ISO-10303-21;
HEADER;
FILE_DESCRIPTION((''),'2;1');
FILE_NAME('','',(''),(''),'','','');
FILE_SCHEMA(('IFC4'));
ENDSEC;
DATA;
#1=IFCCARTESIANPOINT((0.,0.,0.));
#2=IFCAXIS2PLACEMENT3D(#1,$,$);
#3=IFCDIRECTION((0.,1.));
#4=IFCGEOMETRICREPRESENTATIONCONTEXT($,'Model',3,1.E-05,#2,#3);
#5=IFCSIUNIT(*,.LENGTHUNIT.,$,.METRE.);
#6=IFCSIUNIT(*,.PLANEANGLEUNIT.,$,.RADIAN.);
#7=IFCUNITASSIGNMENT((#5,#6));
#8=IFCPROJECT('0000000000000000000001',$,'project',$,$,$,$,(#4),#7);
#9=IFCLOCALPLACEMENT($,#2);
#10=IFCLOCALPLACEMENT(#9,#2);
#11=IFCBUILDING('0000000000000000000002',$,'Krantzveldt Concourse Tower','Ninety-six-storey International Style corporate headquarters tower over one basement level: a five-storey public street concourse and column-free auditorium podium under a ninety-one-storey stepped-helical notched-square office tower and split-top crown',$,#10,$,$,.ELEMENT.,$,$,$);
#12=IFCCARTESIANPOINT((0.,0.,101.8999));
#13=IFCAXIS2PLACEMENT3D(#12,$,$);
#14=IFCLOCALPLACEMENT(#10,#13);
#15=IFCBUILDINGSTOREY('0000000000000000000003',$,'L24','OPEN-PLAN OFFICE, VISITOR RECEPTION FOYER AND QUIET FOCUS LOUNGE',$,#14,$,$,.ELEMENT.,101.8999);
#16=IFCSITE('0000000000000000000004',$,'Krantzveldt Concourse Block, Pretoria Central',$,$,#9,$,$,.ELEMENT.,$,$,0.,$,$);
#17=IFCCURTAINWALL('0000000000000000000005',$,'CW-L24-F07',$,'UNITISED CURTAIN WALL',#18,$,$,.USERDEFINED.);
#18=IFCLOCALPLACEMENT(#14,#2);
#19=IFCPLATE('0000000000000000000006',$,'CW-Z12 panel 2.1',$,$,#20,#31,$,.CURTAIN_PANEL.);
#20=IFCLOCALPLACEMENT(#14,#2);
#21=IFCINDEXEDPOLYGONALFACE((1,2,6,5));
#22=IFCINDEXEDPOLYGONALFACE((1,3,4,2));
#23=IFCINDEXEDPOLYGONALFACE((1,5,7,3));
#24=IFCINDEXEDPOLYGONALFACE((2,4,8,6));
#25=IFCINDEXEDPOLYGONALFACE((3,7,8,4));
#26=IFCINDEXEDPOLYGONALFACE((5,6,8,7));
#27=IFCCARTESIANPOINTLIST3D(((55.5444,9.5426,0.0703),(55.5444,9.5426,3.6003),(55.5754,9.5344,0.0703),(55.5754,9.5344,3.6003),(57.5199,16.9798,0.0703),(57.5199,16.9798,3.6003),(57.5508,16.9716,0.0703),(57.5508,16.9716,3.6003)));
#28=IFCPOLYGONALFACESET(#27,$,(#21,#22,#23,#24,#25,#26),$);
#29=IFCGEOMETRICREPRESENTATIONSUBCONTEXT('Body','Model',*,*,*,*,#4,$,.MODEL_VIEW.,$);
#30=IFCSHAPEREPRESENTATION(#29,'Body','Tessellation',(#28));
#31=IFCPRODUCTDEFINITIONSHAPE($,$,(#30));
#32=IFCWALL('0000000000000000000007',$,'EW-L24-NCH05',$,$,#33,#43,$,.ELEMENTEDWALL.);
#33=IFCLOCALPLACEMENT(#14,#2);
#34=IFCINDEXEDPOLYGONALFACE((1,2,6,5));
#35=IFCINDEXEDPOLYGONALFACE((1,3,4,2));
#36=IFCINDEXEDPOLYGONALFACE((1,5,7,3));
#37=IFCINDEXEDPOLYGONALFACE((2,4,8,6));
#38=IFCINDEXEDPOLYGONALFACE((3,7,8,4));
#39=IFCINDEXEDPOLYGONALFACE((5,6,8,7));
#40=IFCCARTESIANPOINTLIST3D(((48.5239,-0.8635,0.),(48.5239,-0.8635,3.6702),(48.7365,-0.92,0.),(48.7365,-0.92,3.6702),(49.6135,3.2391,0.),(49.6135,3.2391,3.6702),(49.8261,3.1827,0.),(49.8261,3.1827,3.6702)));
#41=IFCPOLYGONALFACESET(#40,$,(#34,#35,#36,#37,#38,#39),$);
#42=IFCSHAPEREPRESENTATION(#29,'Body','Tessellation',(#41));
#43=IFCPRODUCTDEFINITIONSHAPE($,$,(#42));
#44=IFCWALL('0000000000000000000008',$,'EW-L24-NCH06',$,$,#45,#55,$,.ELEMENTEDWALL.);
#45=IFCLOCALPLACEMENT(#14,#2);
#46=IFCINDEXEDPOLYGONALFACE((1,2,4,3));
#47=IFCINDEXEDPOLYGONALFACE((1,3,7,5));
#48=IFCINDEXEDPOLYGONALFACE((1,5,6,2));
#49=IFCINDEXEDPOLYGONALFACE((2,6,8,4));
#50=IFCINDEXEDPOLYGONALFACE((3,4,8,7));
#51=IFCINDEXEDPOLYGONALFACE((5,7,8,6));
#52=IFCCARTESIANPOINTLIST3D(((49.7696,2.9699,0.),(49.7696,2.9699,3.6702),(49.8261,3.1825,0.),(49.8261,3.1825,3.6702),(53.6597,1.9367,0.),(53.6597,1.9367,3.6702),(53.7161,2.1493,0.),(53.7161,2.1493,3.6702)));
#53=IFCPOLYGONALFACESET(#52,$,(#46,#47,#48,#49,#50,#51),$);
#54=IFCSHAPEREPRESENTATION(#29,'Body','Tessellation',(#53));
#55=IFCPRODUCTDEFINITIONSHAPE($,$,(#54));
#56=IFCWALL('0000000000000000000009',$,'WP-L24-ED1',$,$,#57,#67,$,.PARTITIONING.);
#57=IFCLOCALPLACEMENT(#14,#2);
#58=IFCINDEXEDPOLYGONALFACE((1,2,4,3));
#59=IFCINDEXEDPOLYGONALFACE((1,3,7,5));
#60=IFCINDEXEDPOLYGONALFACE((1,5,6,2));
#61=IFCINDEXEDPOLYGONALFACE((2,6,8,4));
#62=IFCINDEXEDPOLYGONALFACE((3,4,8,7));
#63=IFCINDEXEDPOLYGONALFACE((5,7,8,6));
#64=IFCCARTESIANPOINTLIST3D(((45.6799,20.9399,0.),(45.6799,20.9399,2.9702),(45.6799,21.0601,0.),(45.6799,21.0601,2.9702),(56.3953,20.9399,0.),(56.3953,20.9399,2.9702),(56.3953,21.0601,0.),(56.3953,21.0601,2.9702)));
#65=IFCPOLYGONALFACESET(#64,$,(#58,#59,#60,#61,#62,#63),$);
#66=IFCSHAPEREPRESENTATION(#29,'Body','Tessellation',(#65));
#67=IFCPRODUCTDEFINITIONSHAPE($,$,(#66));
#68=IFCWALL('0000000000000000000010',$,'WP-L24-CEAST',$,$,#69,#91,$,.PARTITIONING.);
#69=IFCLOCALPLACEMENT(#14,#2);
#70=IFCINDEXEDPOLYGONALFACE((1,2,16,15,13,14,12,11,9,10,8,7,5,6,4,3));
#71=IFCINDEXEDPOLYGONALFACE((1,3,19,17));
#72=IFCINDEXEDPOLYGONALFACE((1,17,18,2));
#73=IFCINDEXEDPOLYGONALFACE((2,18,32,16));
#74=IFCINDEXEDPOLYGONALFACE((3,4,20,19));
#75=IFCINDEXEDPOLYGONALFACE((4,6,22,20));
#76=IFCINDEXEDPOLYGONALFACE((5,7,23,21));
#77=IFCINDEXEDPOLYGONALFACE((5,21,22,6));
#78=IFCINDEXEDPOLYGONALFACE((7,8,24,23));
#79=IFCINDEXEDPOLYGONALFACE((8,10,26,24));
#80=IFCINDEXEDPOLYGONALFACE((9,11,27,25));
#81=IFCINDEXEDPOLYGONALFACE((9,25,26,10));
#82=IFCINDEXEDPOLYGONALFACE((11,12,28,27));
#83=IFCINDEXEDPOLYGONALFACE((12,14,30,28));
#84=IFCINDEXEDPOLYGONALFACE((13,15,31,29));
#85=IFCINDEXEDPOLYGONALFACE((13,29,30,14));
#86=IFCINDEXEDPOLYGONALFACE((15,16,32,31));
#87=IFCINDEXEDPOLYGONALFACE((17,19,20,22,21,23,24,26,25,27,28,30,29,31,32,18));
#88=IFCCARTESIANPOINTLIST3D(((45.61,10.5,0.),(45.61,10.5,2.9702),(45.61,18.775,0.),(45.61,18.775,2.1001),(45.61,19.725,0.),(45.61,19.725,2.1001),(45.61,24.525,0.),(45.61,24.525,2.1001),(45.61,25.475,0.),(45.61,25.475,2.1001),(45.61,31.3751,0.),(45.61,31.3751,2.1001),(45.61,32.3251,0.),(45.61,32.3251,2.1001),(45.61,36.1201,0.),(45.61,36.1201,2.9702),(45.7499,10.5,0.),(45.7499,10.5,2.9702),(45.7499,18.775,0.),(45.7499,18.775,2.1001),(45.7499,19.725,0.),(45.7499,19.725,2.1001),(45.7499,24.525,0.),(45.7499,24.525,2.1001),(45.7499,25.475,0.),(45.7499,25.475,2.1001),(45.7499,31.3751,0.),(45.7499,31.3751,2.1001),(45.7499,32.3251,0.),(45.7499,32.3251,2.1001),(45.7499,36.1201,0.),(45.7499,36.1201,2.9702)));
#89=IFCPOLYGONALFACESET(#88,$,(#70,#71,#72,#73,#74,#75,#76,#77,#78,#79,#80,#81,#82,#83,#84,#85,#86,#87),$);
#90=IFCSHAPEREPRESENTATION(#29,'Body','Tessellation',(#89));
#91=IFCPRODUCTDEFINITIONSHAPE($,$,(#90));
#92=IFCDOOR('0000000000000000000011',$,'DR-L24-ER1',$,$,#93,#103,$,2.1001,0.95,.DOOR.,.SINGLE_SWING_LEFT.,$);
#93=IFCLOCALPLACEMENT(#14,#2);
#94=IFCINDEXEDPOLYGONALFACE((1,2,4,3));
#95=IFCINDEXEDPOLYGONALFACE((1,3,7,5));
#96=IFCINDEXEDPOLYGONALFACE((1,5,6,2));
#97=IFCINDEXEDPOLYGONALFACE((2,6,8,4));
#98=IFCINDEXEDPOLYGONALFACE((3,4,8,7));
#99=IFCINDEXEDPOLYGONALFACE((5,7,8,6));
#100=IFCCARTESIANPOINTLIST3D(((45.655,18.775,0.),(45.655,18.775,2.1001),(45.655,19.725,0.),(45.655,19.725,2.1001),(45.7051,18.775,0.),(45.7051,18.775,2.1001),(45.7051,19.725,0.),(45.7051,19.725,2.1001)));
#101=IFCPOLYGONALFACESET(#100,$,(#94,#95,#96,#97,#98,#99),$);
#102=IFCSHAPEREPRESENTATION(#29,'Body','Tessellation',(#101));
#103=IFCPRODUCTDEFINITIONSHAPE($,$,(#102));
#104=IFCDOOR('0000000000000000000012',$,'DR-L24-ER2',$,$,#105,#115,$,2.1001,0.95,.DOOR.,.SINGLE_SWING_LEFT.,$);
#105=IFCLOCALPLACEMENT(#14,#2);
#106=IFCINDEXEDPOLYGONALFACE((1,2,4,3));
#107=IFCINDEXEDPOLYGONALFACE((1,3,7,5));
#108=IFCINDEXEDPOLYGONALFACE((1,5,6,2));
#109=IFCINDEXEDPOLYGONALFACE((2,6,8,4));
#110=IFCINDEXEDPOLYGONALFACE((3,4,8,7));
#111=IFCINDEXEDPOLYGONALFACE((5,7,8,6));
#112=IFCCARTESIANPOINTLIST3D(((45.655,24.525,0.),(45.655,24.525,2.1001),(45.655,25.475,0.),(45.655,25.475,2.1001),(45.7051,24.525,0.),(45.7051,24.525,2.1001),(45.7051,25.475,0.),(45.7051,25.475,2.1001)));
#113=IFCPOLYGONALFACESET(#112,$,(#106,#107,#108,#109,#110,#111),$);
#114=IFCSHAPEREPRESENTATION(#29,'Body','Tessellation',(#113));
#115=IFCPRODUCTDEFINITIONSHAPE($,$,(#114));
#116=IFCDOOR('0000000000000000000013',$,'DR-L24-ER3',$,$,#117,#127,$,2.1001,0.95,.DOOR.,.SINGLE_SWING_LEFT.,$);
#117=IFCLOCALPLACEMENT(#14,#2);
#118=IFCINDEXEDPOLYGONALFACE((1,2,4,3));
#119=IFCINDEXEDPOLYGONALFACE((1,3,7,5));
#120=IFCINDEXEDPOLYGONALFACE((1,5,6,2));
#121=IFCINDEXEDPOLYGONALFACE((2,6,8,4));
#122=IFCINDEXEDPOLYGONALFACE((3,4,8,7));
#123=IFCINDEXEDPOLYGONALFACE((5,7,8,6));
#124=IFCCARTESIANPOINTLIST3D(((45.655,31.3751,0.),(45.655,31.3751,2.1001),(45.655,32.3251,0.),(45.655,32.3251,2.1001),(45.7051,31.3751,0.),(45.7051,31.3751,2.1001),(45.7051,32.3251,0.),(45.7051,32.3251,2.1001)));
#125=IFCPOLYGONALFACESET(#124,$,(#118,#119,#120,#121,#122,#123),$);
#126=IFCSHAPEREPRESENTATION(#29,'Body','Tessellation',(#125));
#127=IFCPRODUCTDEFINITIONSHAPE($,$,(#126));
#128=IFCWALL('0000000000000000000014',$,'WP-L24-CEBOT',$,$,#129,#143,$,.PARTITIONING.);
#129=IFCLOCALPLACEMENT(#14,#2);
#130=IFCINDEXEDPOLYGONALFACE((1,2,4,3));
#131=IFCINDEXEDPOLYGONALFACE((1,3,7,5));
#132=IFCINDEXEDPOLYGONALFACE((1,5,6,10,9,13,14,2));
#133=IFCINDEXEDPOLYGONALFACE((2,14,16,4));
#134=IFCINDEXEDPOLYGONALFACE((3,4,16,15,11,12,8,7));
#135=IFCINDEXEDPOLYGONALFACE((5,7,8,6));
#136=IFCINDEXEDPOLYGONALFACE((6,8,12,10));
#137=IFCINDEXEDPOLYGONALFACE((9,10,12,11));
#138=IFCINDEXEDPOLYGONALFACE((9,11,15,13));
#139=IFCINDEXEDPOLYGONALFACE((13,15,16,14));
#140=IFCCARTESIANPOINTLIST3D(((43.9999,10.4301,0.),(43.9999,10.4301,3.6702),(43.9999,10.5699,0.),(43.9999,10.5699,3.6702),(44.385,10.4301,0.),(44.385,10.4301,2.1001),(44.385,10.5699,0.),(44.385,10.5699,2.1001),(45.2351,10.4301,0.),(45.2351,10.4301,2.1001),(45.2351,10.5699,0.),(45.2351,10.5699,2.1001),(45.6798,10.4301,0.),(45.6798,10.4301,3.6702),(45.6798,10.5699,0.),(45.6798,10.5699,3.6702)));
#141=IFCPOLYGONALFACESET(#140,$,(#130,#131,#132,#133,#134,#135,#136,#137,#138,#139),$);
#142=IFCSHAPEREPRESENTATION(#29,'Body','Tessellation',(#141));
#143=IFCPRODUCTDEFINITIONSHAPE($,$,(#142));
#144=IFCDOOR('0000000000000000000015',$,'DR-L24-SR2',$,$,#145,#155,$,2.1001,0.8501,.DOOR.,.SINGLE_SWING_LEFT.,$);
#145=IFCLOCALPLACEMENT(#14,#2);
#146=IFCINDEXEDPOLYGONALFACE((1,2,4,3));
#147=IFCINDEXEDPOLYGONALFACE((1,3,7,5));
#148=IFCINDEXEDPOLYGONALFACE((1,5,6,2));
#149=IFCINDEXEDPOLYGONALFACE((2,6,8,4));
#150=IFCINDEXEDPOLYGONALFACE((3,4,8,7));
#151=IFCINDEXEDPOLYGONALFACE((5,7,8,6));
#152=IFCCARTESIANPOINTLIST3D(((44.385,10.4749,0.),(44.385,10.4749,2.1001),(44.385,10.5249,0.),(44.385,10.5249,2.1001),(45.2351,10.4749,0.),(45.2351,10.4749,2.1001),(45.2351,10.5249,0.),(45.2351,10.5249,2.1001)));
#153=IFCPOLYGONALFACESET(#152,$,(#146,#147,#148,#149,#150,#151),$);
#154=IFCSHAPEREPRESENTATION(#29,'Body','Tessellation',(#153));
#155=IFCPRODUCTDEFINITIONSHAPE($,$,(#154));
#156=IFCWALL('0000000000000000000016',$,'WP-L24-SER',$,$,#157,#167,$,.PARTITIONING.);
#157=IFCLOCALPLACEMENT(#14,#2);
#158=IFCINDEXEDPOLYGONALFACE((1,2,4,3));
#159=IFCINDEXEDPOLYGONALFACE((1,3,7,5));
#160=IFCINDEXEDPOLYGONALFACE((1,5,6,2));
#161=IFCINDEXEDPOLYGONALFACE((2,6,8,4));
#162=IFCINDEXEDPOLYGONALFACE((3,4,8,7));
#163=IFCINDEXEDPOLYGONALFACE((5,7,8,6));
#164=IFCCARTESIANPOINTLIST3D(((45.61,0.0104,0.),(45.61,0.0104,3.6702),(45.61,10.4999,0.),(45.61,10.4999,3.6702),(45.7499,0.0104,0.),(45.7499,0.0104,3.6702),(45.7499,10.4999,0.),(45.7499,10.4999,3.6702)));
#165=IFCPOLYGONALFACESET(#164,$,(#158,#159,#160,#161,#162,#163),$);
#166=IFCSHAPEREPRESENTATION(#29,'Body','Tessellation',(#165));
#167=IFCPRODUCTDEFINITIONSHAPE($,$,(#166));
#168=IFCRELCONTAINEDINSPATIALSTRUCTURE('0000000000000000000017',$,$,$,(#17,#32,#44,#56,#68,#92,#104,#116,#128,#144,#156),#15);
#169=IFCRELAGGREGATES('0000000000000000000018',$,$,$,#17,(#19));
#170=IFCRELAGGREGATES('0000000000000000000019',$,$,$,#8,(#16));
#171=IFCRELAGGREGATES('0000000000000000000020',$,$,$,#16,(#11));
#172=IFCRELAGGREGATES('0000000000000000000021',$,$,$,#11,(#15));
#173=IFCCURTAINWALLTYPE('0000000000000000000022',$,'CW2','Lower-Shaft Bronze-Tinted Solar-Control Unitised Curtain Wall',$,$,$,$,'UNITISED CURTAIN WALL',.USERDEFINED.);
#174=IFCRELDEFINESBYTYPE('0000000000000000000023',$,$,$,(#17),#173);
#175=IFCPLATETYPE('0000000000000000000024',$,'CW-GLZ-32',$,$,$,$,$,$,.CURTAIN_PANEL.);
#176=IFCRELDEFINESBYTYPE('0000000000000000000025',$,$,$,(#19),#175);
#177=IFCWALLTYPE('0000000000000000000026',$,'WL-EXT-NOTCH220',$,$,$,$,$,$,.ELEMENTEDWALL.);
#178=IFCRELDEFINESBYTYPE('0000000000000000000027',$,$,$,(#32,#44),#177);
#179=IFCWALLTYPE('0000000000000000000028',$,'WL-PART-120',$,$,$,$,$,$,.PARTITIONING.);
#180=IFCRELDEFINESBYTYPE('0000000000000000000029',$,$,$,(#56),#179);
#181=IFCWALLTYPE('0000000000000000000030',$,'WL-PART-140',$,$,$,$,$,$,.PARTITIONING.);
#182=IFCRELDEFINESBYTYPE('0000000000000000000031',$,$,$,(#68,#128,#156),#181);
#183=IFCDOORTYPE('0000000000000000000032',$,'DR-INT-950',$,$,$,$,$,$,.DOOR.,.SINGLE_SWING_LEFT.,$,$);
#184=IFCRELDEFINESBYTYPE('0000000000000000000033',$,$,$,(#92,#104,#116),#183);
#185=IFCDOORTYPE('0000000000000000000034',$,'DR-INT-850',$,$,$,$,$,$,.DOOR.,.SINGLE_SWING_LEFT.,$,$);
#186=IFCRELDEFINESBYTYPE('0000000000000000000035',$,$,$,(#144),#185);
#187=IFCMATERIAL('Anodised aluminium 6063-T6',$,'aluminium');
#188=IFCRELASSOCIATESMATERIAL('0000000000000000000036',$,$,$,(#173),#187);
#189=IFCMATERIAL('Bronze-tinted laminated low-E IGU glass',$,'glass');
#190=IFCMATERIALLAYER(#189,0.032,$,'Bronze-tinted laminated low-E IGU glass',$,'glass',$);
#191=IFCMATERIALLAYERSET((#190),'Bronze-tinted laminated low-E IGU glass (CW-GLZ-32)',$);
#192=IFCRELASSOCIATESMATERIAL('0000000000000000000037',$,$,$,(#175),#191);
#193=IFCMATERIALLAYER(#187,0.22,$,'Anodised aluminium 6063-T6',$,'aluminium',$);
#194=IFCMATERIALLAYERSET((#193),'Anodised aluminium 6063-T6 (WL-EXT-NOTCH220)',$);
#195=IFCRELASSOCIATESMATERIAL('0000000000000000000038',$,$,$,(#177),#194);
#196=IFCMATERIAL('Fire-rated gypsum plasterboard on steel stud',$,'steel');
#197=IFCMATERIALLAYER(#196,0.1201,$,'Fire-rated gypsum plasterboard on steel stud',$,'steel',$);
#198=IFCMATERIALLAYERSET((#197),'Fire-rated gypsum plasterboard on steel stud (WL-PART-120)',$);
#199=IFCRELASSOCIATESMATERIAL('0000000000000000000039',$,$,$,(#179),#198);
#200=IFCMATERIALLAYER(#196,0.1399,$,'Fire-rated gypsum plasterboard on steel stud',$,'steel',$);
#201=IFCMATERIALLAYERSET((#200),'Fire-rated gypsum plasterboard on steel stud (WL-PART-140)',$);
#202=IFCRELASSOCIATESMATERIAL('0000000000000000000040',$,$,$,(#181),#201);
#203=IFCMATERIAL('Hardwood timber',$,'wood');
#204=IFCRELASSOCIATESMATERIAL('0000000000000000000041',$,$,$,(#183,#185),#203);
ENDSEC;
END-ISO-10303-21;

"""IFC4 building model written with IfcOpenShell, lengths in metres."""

from ifc_helpers import new_model, si_unit, direction, frame, frame_2d, origin, origin_2d, place, context, subcontext, project, spatial, rectangle, extrude, source, transform, mapped, material, layer, layer_set, type_object, element, fill, aggregate, save


model = new_model("IFC4")

# Units and contexts
model_context = context("Model", 3, precision=1e-05, world=origin(), true_north=direction((0.0, 1.0)))
body_context = subcontext(model_context, "Body", "Model", "MODEL_VIEW")
ifc_project = project(units=[si_unit("LENGTHUNIT", "METRE"), si_unit("PLANEANGLEUNIT", "RADIAN")], contexts=[model_context])

# Site, building, storey
site_placement = place(None, origin())
site = spatial("IfcSite", under=ifc_project, at=site_placement, Name="Krantzveldt Concourse Block, Pretoria Central", CompositionType="ELEMENT", RefElevation=0.0)
building_placement = place(site_placement, origin())
building = spatial("IfcBuilding", under=site, at=building_placement, Name="Krantzveldt Concourse Tower", Description="Ninety-six-storey International Style corporate headquarters tower over one basement level: a five-storey public street concourse and column-free auditorium podium under a ninety-one-storey stepped-helical notched-square office tower and split-top crown", CompositionType="ELEMENT")
storey_placement = place(building_placement, frame((0.0, 0.0, 101.8999)))
storey = spatial("IfcBuildingStorey", under=building, at=storey_placement, Name="L24", Description="OPEN-PLAN OFFICE, VISITOR RECEPTION FOYER AND QUIET FOCUS LOUNGE", CompositionType="ELEMENT", Elevation=101.8999)

# Shared definitions
ifc_material_1 = material(Name="Anodised aluminium 6063-T6", Category="aluminium")
curtain_wall_type_1 = type_object("IfcCurtainWallType", Name="CW2", Description="Lower-Shaft Bronze-Tinted Solar-Control Unitised Curtain Wall", ElementType="UNITISED CURTAIN WALL", PredefinedType="USERDEFINED", material=ifc_material_1)

# Curtain wall
curtain_wall_1_placement = place(storey_placement, origin())
curtain_wall_1 = element("IfcCurtainWall", 1, at=curtain_wall_1_placement, inside=storey, type_object=curtain_wall_type_1, Name="CW-L24-F07", ObjectType="UNITISED CURTAIN WALL", PredefinedType="USERDEFINED")

# Plate
ifc_material_2 = material(Name="Bronze-tinted laminated low-E IGU glass", Category="glass")
ifc_layer_1 = layer(ifc_material_2, 0.032, Name="Bronze-tinted laminated low-E IGU glass", Category="glass")
ifc_layer_set_1 = layer_set([ifc_layer_1], Name="Bronze-tinted laminated low-E IGU glass (CW-GLZ-32)")
plate_type = type_object("IfcPlateType", Name="CW-GLZ-32", PredefinedType="CURTAIN_PANEL", material=ifc_layer_set_1)
shared_shape_1 = source(origin(), body_context, "Body", "SweptSolid", [
    extrude(rectangle(XDim=7.6951, YDim=0.032, at=origin_2d()), origin(), (0.0, 0.0, 1.0), 3.53),
])
plate_1_placement = place(storey_placement, frame((56.5476, 13.2571, 0.0703), z_axis=(0.0, 0.0, 1.0), x_axis=(0.256711, 0.966488, 0.0)))
plate_1 = element("IfcPlate", 2, at=plate_1_placement, type_object=plate_type, Name="CW-Z12 panel 2.1", PredefinedType="CURTAIN_PANEL", context=body_context, shape_type="MappedRepresentation", body=[
    mapped(shared_shape_1, transform((0.0, 0.0, 0.0), x_axis=(1.0, 0.0, 0.0), y_axis=(0.0, 1.0, 0.0), z_axis=(0.0, 0.0, 1.0), scale=1.0)),
])
aggregate(curtain_wall_1, [plate_1])

# Walls
ifc_layer_2 = layer(ifc_material_1, 0.22, Name="Anodised aluminium 6063-T6", Category="aluminium")
ifc_layer_set_2 = layer_set([ifc_layer_2], Name="Anodised aluminium 6063-T6 (WL-EXT-NOTCH220)")
wall_type_1 = type_object("IfcWallType", Name="WL-EXT-NOTCH220", PredefinedType="ELEMENTEDWALL", material=ifc_layer_set_2)
wall_1_placement = place(storey_placement, frame((48.6301, -0.8918, 0.0), z_axis=(0.0, 0.0, 1.0), x_axis=(0.256692, 0.966493, 0.0)))
element("IfcWall", 3, at=wall_1_placement, inside=storey, type_object=wall_type_1, Name="EW-L24-NCH05", PredefinedType="ELEMENTEDWALL", context=body_context, shape_type="SweptSolid", body=[
    extrude(rectangle(XDim=4.2449, YDim=0.22, at=frame_2d((2.1226, 0.0))), origin(), (0.0, 0.0, 1.0), 3.6702),
])
wall_2_placement = place(storey_placement, frame((49.7979, 3.0762, 0.0), z_axis=(0.0, 0.0, 1.0), x_axis=(0.966492, -0.256696, 0.0)))
element("IfcWall", 4, at=wall_2_placement, inside=storey, type_object=wall_type_1, Name="EW-L24-NCH06", PredefinedType="ELEMENTEDWALL", context=body_context, shape_type="SweptSolid", body=[
    extrude(rectangle(XDim=4.0249, YDim=0.22, at=frame_2d((2.0125, 0.0))), origin(), (0.0, 0.0, 1.0), 3.6702),
])
ifc_material_3 = material(Name="Fire-rated gypsum plasterboard on steel stud", Category="steel")
ifc_layer_3 = layer(ifc_material_3, 0.1201, Name="Fire-rated gypsum plasterboard on steel stud", Category="steel")
ifc_layer_set_3 = layer_set([ifc_layer_3], Name="Fire-rated gypsum plasterboard on steel stud (WL-PART-120)")
wall_type_2 = type_object("IfcWallType", Name="WL-PART-120", PredefinedType="PARTITIONING", material=ifc_layer_set_3)
wall_3_placement = place(storey_placement, frame((45.6799, 21.0, 0.0), z_axis=(0.0, 0.0, 1.0), x_axis=(1.0, 0.0, 0.0)))
element("IfcWall", 5, at=wall_3_placement, inside=storey, type_object=wall_type_2, Name="WP-L24-ED1", PredefinedType="PARTITIONING", context=body_context, shape_type="SweptSolid", body=[
    extrude(rectangle(XDim=10.7153, YDim=0.1201, at=frame_2d((5.3577, 0.0))), origin(), (0.0, 0.0, 1.0), 2.9702),
])

# Wall, openings, doors
ifc_layer_4 = layer(ifc_material_3, 0.1399, Name="Fire-rated gypsum plasterboard on steel stud", Category="steel")
ifc_layer_set_4 = layer_set([ifc_layer_4], Name="Fire-rated gypsum plasterboard on steel stud (WL-PART-140)")
wall_type_3 = type_object("IfcWallType", Name="WL-PART-140", PredefinedType="PARTITIONING", material=ifc_layer_set_4)
wall_4_placement = place(storey_placement, frame((45.6799, 10.5, 0.0), z_axis=(0.0, 0.0, 1.0), x_axis=(0.0, 1.0, 0.0)))
wall_4 = element("IfcWall", 6, at=wall_4_placement, inside=storey, type_object=wall_type_3, Name="WP-L24-CEAST", PredefinedType="PARTITIONING", context=body_context, shape_type="SweptSolid", body=[
    extrude(rectangle(XDim=25.6201, YDim=0.1399, at=frame_2d((12.8101, 0.0))), origin(), (0.0, 0.0, 1.0), 2.9702),
])
opening_1_placement = place(wall_4_placement, frame((8.2749, 0.0, 0.0)))
opening_1 = element("IfcOpeningElement", 7, at=opening_1_placement, cuts=wall_4, PredefinedType="OPENING", context=body_context, shape_type="SweptSolid", body=[
    extrude(rectangle(XDim=0.95, YDim=2.1001, at=frame_2d((0.4751, 1.05))), frame((0.0, 0.0801, 0.0), z_axis=(0.0, -1.0, 0.0), x_axis=(1.0, 0.0, 0.0)), (0.0, 0.0, 1.0), 0.1599),
])
opening_2_placement = place(wall_4_placement, frame((14.0249, 0.0, 0.0)))
opening_2 = element("IfcOpeningElement", 8, at=opening_2_placement, cuts=wall_4, PredefinedType="OPENING", context=body_context, shape_type="SweptSolid", body=[
    extrude(rectangle(XDim=0.95, YDim=2.1001, at=frame_2d((0.4751, 1.05))), frame((0.0, 0.0801, 0.0), z_axis=(0.0, -1.0, 0.0), x_axis=(1.0, 0.0, 0.0)), (0.0, 0.0, 1.0), 0.1599),
])
opening_3_placement = place(wall_4_placement, frame((20.875, 0.0, 0.0)))
opening_3 = element("IfcOpeningElement", 9, at=opening_3_placement, cuts=wall_4, PredefinedType="OPENING", context=body_context, shape_type="SweptSolid", body=[
    extrude(rectangle(XDim=0.95, YDim=2.1001, at=frame_2d((0.4751, 1.05))), frame((0.0, 0.0801, 0.0), z_axis=(0.0, -1.0, 0.0), x_axis=(1.0, 0.0, 0.0)), (0.0, 0.0, 1.0), 0.1599),
])
ifc_material_4 = material(Name="Hardwood timber", Category="wood")
door_type_1 = type_object("IfcDoorType", Name="DR-INT-950", OperationType="SINGLE_SWING_LEFT", PredefinedType="DOOR", material=ifc_material_4)
door_1_placement = place(opening_1_placement, origin())
door_1 = element("IfcDoor", 10, at=door_1_placement, inside=storey, type_object=door_type_1, Name="DR-L24-ER1", OperationType="SINGLE_SWING_LEFT", OverallHeight=2.1001, OverallWidth=0.95, PredefinedType="DOOR", context=body_context, shape_type="SweptSolid", body=[
    extrude(rectangle(XDim=0.95, YDim=2.1001, at=frame_2d((0.4751, 1.05))), frame((0.0, 0.0249, 0.0), z_axis=(0.0, -1.0, 0.0), x_axis=(1.0, 0.0, 0.0)), (0.0, 0.0, 1.0), 0.05),
])
fill(opening_1, door_1)
door_2_placement = place(opening_2_placement, origin())
door_2 = element("IfcDoor", 11, at=door_2_placement, inside=storey, type_object=door_type_1, Name="DR-L24-ER2", OperationType="SINGLE_SWING_LEFT", OverallHeight=2.1001, OverallWidth=0.95, PredefinedType="DOOR", context=body_context, shape_type="SweptSolid", body=[
    extrude(rectangle(XDim=0.95, YDim=2.1001, at=frame_2d((0.4751, 1.05))), frame((0.0, 0.0249, 0.0), z_axis=(0.0, -1.0, 0.0), x_axis=(1.0, 0.0, 0.0)), (0.0, 0.0, 1.0), 0.05),
])
fill(opening_2, door_2)
door_3_placement = place(opening_3_placement, origin())
door_3 = element("IfcDoor", 12, at=door_3_placement, inside=storey, type_object=door_type_1, Name="DR-L24-ER3", OperationType="SINGLE_SWING_LEFT", OverallHeight=2.1001, OverallWidth=0.95, PredefinedType="DOOR", context=body_context, shape_type="SweptSolid", body=[
    extrude(rectangle(XDim=0.95, YDim=2.1001, at=frame_2d((0.4751, 1.05))), frame((0.0, 0.0249, 0.0), z_axis=(0.0, -1.0, 0.0), x_axis=(1.0, 0.0, 0.0)), (0.0, 0.0, 1.0), 0.05),
])
fill(opening_3, door_3)

# Wall, opening, door
wall_5_placement = place(storey_placement, frame((44.0, 10.5, 0.0), z_axis=(0.0, 0.0, 1.0), x_axis=(1.0, 0.0, 0.0)))
wall_5 = element("IfcWall", 13, at=wall_5_placement, inside=storey, type_object=wall_type_3, Name="WP-L24-CEBOT", PredefinedType="PARTITIONING", context=body_context, shape_type="SweptSolid", body=[
    extrude(rectangle(XDim=1.6799, YDim=0.1399, at=frame_2d((0.8398, 0.0))), origin(), (0.0, 0.0, 1.0), 3.6702),
])
opening_4_placement = place(wall_5_placement, frame((0.385, 0.0, 0.0)))
opening_4 = element("IfcOpeningElement", 14, at=opening_4_placement, cuts=wall_5, PredefinedType="OPENING", context=body_context, shape_type="SweptSolid", body=[
    extrude(rectangle(XDim=0.8501, YDim=2.1001, at=frame_2d((0.425, 1.05))), frame((0.0, 0.0801, 0.0), z_axis=(0.0, -1.0, 0.0), x_axis=(1.0, 0.0, 0.0)), (0.0, 0.0, 1.0), 0.1599),
])
door_type_2 = type_object("IfcDoorType", Name="DR-INT-850", OperationType="SINGLE_SWING_LEFT", PredefinedType="DOOR", material=ifc_material_4)
door_4_placement = place(opening_4_placement, origin())
door_4 = element("IfcDoor", 15, at=door_4_placement, inside=storey, type_object=door_type_2, Name="DR-L24-SR2", OperationType="SINGLE_SWING_LEFT", OverallHeight=2.1001, OverallWidth=0.8501, PredefinedType="DOOR", context=body_context, shape_type="SweptSolid", body=[
    extrude(rectangle(XDim=0.8501, YDim=2.1001, at=frame_2d((0.425, 1.05))), frame((0.0, 0.0249, 0.0), z_axis=(0.0, -1.0, 0.0), x_axis=(1.0, 0.0, 0.0)), (0.0, 0.0, 1.0), 0.05),
])
fill(opening_4, door_4)

# Wall
wall_6_placement = place(storey_placement, frame((45.6799, 0.0105, 0.0), z_axis=(0.0, 0.0, 1.0), x_axis=(0.0, 1.0, 0.0)))
element("IfcWall", 16, at=wall_6_placement, inside=storey, type_object=wall_type_3, Name="WP-L24-SER", PredefinedType="PARTITIONING", context=body_context, shape_type="SweptSolid", body=[
    extrude(rectangle(XDim=10.4895, YDim=0.1399, at=frame_2d((5.2446, 0.0))), origin(), (0.0, 0.0, 1.0), 3.6702),
])

save(model, "model.ifc")
